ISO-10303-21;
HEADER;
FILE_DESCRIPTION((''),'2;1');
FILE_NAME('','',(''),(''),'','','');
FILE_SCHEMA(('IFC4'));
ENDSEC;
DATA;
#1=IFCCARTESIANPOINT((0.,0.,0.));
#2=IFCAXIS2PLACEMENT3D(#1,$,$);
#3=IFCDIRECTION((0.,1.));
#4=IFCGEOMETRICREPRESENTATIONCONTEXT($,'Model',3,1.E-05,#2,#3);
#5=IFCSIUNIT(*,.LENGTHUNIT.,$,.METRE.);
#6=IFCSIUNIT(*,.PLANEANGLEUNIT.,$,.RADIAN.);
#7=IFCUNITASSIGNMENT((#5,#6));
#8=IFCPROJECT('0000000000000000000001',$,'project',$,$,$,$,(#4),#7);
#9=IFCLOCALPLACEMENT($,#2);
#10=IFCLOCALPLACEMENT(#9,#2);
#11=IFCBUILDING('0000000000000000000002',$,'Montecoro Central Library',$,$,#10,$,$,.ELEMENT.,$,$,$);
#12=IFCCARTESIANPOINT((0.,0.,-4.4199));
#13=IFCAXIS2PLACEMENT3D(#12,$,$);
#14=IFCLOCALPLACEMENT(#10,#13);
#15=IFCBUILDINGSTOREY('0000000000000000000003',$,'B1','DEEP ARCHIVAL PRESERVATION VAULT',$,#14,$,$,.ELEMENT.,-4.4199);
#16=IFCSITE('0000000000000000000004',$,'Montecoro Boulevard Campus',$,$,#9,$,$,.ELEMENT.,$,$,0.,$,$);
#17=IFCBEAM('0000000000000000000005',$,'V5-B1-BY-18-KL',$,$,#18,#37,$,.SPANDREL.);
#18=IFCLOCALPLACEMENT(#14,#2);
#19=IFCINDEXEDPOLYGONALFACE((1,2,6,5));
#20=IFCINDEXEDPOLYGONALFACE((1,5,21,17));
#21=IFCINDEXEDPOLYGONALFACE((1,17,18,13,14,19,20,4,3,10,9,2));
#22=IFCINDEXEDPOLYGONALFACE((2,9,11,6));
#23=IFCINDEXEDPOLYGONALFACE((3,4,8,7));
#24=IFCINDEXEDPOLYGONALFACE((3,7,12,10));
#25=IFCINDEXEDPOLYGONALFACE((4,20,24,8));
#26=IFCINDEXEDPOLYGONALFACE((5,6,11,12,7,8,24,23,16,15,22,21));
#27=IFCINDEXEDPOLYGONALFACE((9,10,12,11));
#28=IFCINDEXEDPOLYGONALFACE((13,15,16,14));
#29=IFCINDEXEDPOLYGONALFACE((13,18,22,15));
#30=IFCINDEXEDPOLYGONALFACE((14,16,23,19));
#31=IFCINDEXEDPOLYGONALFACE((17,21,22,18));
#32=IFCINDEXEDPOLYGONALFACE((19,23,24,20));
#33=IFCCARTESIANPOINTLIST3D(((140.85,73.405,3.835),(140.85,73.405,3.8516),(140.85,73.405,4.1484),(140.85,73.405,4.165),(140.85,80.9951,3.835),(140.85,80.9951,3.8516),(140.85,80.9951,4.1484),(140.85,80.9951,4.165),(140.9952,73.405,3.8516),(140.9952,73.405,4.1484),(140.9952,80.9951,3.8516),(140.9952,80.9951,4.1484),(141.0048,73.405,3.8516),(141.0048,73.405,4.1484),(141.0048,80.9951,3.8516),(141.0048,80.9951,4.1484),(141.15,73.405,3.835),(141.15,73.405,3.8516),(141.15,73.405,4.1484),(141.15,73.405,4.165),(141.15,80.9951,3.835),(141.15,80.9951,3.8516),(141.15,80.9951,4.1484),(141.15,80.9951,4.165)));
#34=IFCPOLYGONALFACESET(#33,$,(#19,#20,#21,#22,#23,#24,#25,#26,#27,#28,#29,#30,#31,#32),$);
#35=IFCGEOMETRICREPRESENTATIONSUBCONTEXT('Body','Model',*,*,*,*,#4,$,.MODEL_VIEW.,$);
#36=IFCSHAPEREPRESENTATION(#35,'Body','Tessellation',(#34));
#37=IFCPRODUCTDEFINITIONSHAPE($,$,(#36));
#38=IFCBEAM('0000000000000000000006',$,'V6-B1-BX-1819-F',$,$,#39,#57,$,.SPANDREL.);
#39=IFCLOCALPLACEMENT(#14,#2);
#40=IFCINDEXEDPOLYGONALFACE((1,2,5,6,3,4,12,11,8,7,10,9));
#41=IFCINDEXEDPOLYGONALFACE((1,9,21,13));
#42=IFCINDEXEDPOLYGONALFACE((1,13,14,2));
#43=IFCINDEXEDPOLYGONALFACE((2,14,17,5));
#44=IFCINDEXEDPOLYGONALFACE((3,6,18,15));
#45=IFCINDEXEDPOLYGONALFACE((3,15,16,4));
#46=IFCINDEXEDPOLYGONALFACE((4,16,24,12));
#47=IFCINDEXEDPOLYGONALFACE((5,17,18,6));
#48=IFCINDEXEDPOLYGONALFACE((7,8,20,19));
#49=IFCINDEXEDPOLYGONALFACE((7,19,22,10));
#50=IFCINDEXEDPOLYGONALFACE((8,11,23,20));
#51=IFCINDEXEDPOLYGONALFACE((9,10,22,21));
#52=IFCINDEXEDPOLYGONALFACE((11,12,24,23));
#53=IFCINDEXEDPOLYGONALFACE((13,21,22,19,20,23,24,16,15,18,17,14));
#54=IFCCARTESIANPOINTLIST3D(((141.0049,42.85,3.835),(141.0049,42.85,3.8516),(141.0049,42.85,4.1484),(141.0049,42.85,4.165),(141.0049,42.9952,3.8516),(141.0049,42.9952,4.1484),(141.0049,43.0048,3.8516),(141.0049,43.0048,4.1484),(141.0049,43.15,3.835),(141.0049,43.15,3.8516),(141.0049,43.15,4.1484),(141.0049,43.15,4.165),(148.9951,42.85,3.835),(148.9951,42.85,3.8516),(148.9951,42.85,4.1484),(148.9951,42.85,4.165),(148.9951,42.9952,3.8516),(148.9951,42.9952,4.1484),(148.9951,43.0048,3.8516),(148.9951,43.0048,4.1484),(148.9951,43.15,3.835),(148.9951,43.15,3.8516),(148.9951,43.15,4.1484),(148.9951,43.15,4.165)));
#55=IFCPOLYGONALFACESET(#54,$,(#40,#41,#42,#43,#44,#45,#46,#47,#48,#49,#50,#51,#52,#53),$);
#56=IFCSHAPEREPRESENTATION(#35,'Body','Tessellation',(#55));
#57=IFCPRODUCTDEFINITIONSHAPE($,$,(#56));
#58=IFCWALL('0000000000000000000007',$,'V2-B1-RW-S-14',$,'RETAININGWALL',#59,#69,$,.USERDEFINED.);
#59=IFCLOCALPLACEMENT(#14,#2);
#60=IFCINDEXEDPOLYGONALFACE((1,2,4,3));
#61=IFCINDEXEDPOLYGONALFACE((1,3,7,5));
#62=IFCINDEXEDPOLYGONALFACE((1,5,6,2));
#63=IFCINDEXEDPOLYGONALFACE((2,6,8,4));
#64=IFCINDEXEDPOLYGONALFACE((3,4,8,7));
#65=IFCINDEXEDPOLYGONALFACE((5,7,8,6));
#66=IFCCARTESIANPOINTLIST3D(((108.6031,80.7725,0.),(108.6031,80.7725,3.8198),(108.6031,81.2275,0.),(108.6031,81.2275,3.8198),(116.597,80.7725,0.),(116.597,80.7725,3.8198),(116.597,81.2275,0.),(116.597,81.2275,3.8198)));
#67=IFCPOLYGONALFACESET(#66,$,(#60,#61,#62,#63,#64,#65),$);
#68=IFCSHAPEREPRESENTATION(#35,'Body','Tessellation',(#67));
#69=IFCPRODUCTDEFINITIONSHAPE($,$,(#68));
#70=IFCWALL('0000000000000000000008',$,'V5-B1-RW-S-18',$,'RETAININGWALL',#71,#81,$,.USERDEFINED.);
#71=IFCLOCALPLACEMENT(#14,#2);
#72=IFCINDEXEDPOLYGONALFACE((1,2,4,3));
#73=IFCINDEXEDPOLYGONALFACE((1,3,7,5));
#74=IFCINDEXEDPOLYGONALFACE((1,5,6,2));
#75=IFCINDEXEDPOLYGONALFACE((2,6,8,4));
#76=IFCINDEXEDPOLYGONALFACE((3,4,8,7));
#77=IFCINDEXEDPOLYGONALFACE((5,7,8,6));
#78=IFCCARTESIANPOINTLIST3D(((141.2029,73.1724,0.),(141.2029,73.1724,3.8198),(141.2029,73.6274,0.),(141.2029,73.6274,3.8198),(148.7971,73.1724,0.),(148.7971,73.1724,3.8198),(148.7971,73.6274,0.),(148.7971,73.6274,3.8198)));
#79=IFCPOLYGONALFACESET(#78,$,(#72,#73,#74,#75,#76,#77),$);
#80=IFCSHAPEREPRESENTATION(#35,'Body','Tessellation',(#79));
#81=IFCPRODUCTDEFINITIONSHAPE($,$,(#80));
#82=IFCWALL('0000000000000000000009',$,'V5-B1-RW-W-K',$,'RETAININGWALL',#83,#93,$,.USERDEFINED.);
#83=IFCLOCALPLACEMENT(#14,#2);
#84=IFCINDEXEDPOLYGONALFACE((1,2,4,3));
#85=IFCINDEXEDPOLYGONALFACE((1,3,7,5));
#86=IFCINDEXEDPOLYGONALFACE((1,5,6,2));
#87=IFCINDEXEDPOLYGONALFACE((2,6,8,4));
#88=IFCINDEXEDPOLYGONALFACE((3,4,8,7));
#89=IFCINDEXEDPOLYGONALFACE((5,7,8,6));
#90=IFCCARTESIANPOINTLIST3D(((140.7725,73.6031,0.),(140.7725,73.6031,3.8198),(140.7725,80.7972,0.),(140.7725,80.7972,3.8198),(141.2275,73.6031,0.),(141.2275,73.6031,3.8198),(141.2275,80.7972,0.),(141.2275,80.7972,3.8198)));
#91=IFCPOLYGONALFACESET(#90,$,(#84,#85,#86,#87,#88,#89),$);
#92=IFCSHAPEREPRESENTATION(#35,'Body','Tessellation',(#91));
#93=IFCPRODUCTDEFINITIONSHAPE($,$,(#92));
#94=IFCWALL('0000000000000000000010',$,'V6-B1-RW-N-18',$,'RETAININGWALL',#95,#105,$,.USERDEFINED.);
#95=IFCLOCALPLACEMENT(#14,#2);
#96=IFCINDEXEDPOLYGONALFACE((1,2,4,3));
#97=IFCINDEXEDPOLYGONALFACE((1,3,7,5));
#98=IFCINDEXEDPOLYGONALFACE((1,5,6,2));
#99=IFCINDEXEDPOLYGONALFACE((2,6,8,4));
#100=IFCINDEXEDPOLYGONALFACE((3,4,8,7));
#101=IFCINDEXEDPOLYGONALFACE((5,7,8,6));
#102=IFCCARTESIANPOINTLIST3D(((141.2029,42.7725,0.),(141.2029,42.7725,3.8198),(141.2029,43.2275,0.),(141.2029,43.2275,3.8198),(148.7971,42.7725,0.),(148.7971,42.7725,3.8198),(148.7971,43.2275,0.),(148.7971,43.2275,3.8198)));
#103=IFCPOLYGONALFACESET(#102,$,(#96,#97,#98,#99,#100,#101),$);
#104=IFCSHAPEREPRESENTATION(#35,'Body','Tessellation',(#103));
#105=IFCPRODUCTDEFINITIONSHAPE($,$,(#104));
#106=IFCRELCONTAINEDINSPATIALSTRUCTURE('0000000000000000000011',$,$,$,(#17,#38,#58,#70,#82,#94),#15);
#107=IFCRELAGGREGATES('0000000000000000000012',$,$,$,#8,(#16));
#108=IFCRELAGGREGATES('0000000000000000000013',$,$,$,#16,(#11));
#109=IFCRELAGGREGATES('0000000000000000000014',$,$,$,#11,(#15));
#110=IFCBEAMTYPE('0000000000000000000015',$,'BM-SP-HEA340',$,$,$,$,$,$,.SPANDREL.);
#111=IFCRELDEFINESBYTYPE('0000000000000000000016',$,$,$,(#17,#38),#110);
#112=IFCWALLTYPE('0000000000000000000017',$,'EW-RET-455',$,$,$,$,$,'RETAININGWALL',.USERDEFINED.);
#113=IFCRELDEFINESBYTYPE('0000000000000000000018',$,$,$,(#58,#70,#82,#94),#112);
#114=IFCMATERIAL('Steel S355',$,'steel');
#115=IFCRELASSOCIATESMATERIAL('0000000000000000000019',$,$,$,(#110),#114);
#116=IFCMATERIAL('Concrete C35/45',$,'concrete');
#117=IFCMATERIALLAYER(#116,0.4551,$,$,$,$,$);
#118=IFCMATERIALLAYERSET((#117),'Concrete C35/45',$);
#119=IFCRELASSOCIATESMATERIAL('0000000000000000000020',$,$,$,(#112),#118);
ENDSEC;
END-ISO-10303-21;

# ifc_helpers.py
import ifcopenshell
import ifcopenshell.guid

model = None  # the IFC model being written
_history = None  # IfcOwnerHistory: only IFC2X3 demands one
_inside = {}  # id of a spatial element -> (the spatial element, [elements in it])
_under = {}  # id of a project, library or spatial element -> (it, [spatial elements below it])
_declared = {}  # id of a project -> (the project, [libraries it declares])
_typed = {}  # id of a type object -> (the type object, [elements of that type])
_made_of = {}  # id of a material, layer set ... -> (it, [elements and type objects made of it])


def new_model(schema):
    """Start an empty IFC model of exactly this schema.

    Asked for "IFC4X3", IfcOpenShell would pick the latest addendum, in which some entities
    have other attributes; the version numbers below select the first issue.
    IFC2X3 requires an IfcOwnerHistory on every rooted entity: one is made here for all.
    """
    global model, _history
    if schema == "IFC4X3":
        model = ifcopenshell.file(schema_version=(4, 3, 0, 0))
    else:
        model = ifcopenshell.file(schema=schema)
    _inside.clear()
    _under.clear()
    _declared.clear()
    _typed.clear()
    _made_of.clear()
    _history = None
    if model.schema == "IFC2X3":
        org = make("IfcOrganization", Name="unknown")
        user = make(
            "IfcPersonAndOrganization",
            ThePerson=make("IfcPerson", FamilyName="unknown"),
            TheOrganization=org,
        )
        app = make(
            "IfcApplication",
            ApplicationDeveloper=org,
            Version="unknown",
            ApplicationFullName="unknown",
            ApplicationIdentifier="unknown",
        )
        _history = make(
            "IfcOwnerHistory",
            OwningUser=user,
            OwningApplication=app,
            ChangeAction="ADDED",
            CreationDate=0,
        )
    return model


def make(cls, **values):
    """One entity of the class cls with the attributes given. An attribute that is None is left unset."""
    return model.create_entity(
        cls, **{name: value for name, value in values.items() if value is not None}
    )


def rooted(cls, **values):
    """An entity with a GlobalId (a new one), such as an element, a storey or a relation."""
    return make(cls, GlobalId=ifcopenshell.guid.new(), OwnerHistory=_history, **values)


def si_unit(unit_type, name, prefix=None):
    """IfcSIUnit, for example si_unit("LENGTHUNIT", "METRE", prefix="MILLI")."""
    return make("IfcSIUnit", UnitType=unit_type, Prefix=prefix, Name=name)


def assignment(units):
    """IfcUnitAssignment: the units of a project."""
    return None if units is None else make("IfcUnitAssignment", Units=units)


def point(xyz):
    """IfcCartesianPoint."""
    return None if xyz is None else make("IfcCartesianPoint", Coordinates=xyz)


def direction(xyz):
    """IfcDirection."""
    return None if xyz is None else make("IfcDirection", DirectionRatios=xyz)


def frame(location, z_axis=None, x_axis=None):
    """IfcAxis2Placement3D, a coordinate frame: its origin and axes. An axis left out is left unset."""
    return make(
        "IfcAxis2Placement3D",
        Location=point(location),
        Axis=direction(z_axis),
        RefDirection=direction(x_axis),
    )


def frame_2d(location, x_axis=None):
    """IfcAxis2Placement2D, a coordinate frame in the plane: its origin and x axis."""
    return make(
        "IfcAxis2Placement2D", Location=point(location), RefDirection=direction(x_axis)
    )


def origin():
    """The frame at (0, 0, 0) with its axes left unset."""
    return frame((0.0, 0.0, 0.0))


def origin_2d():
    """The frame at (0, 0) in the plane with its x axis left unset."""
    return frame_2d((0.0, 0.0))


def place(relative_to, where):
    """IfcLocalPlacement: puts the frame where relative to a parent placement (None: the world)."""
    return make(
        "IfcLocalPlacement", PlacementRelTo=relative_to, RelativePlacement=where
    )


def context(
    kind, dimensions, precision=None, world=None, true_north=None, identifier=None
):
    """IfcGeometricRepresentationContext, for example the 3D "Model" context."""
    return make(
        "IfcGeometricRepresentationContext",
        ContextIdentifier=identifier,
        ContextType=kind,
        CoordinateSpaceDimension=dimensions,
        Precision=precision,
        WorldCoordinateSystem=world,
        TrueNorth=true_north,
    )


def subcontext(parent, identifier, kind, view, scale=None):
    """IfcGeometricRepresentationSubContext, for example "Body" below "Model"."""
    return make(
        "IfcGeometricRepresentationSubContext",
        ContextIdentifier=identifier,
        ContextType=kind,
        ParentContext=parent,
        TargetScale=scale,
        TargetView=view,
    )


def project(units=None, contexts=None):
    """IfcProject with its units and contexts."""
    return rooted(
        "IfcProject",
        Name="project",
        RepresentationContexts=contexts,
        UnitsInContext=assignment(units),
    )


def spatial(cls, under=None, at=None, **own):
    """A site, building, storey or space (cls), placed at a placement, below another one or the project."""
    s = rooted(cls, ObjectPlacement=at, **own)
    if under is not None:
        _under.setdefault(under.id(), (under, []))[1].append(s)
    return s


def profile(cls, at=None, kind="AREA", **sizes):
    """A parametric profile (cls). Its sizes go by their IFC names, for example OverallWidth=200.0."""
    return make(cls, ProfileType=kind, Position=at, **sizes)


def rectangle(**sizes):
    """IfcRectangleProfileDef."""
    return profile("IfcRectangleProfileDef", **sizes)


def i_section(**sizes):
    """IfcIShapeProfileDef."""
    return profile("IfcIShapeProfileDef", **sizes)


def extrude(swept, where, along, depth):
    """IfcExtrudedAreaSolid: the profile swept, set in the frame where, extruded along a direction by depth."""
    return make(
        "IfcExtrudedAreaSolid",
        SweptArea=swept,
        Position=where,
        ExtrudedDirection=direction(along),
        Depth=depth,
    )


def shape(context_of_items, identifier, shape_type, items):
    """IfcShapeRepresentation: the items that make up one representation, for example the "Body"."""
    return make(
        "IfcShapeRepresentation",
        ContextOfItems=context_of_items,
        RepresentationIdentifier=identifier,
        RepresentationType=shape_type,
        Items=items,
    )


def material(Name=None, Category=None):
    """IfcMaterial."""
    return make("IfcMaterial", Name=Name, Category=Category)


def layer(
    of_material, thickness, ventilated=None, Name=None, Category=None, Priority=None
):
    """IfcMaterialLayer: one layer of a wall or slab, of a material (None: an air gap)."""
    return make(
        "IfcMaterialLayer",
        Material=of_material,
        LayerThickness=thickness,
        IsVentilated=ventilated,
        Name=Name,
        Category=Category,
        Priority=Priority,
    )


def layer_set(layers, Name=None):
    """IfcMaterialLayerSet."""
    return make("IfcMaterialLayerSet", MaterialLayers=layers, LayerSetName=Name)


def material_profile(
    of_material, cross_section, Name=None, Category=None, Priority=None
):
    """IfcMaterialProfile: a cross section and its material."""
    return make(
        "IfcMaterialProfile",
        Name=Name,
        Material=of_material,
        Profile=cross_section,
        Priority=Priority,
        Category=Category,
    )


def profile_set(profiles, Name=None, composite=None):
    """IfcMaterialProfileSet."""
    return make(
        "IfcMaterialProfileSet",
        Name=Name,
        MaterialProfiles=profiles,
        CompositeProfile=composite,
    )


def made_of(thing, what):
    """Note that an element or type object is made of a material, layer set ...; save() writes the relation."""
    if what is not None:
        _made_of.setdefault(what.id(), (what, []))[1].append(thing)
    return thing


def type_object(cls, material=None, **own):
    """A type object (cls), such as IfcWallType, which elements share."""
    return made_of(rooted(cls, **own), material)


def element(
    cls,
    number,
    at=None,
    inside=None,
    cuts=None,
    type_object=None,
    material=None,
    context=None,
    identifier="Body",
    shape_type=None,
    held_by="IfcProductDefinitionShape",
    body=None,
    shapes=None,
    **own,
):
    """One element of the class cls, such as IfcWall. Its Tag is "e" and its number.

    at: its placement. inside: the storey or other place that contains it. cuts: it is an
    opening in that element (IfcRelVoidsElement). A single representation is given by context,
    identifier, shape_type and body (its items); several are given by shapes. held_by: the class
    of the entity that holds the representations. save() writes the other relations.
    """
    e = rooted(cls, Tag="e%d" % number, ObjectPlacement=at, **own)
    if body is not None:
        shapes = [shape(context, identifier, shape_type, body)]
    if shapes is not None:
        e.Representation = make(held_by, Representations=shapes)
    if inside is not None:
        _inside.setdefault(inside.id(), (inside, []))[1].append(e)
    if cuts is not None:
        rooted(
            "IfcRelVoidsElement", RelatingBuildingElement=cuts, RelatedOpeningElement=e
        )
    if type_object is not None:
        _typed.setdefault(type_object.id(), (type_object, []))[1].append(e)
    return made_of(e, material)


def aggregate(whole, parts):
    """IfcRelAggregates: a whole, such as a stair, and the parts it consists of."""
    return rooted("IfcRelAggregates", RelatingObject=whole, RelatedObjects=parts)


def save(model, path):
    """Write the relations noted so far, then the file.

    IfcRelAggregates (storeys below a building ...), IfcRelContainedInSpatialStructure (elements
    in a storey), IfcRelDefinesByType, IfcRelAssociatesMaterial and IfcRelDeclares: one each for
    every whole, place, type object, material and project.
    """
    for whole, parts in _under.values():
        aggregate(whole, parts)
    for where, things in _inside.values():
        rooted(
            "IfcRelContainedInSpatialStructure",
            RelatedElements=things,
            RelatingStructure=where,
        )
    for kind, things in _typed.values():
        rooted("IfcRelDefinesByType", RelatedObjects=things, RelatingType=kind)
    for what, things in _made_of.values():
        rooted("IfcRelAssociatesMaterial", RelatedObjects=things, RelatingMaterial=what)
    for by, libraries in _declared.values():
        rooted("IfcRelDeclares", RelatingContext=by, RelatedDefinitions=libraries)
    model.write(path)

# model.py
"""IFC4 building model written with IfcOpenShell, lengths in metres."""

from ifc_helpers import new_model, si_unit, direction, frame, frame_2d, origin, origin_2d, place, context, subcontext, project, spatial, rectangle, i_section, extrude, material, layer, layer_set, material_profile, profile_set, type_object, element, save


model = new_model("IFC4")

# Units and contexts
model_context = context("Model", 3, precision=1e-05, world=origin(), true_north=direction((0.0, 1.0)))
body_context = subcontext(model_context, "Body", "Model", "MODEL_VIEW")
ifc_project = project(units=[si_unit("LENGTHUNIT", "METRE"), si_unit("PLANEANGLEUNIT", "RADIAN")], contexts=[model_context])

# Site, building, storey
site_placement = place(None, origin())
site = spatial("IfcSite", under=ifc_project, at=site_placement, Name="Montecoro Boulevard Campus", CompositionType="ELEMENT", RefElevation=0.0)
building_placement = place(site_placement, origin())
building = spatial("IfcBuilding", under=site, at=building_placement, Name="Montecoro Central Library", CompositionType="ELEMENT")
storey_placement = place(building_placement, frame((0.0, 0.0, -4.4199)))
storey = spatial("IfcBuildingStorey", under=building, at=storey_placement, Name="B1", Description="DEEP ARCHIVAL PRESERVATION VAULT", CompositionType="ELEMENT", Elevation=-4.4199)

# Shared definitions
ifc_material_1 = material(Name="Concrete C35/45", Category="concrete")

# Beams
ifc_material_2 = material(Name="Steel S355", Category="steel")
ifc_material_profile_1 = material_profile(ifc_material_2, i_section(OverallWidth=0.3, OverallDepth=0.3301, WebThickness=0.0095, FlangeThickness=0.0166, at=origin_2d()), Name="HEA 340")
ifc_profile_set_1 = profile_set([ifc_material_profile_1], Name="Steel S355")
beam_type_1 = type_object("IfcBeamType", Name="BM-SP-HEA340", PredefinedType="SPANDREL", material=ifc_profile_set_1)
beam_1_placement = place(storey_placement, frame((141.0, 73.405, 4.0), z_axis=(0.0, 1.0, 0.0), x_axis=(-1.0, 0.0, 0.0)))
element("IfcBeam", 1, at=beam_1_placement, inside=storey, type_object=beam_type_1, Name="V5-B1-BY-18-KL", PredefinedType="SPANDREL", context=body_context, shape_type="SweptSolid", body=[
    extrude(i_section(OverallWidth=0.3, OverallDepth=0.3301, WebThickness=0.0095, FlangeThickness=0.0166, at=origin_2d()), origin(), (0.0, 0.0, 1.0), 7.5901),
])
beam_2_placement = place(storey_placement, frame((141.0049, 43.0, 4.0), z_axis=(1.0, 0.0, 0.0), x_axis=(0.0, 1.0, 0.0)))
element("IfcBeam", 2, at=beam_2_placement, inside=storey, type_object=beam_type_1, Name="V6-B1-BX-1819-F", PredefinedType="SPANDREL", context=body_context, shape_type="SweptSolid", body=[
    extrude(i_section(OverallWidth=0.3, OverallDepth=0.3301, WebThickness=0.0095, FlangeThickness=0.0166, at=origin_2d()), origin(), (0.0, 0.0, 1.0), 7.9902),
])

# Walls
ifc_layer = layer(ifc_material_1, 0.4551)
ifc_layer_set = layer_set([ifc_layer], Name="Concrete C35/45")
wall_type = type_object("IfcWallType", Name="EW-RET-455", ElementType="RETAININGWALL", PredefinedType="USERDEFINED", material=ifc_layer_set)
wall_1_placement = place(storey_placement, frame((108.603, 81.0, 0.0), z_axis=(0.0, 0.0, 1.0), x_axis=(1.0, 0.0, 0.0)))
element("IfcWall", 3, at=wall_1_placement, inside=storey, type_object=wall_type, Name="V2-B1-RW-S-14", ObjectType="RETAININGWALL", PredefinedType="USERDEFINED", context=body_context, shape_type="SweptSolid", body=[
    extrude(rectangle(XDim=7.9939, YDim=0.4551, at=frame_2d((3.9971, 0.0))), origin(), (0.0, 0.0, 1.0), 3.8198),
])
wall_2_placement = place(storey_placement, frame((141.2029, 73.3999, 0.0), z_axis=(0.0, 0.0, 1.0), x_axis=(1.0, 0.0, 0.0)))
element("IfcWall", 4, at=wall_2_placement, inside=storey, type_object=wall_type, Name="V5-B1-RW-S-18", ObjectType="RETAININGWALL", PredefinedType="USERDEFINED", context=body_context, shape_type="SweptSolid", body=[
    extrude(rectangle(XDim=7.5942, YDim=0.4551, at=frame_2d((3.7971, 0.0))), origin(), (0.0, 0.0, 1.0), 3.8198),
])
wall_3_placement = place(storey_placement, frame((141.0, 73.603, 0.0), z_axis=(0.0, 0.0, 1.0), x_axis=(0.0, 1.0, 0.0)))
element("IfcWall", 5, at=wall_3_placement, inside=storey, type_object=wall_type, Name="V5-B1-RW-W-K", ObjectType="RETAININGWALL", PredefinedType="USERDEFINED", context=body_context, shape_type="SweptSolid", body=[
    extrude(rectangle(XDim=7.1941, YDim=0.4551, at=frame_2d((3.5972, 0.0))), origin(), (0.0, 0.0, 1.0), 3.8198),
])
wall_4_placement = place(storey_placement, frame((141.2029, 43.0, 0.0), z_axis=(0.0, 0.0, 1.0), x_axis=(1.0, 0.0, 0.0)))
element("IfcWall", 6, at=wall_4_placement, inside=storey, type_object=wall_type, Name="V6-B1-RW-N-18", ObjectType="RETAININGWALL", PredefinedType="USERDEFINED", context=body_context, shape_type="SweptSolid", body=[
    extrude(rectangle(XDim=7.5942, YDim=0.4551, at=frame_2d((3.7971, 0.0))), origin(), (0.0, 0.0, 1.0), 3.8198),
])

save(model, "model.ifc")
